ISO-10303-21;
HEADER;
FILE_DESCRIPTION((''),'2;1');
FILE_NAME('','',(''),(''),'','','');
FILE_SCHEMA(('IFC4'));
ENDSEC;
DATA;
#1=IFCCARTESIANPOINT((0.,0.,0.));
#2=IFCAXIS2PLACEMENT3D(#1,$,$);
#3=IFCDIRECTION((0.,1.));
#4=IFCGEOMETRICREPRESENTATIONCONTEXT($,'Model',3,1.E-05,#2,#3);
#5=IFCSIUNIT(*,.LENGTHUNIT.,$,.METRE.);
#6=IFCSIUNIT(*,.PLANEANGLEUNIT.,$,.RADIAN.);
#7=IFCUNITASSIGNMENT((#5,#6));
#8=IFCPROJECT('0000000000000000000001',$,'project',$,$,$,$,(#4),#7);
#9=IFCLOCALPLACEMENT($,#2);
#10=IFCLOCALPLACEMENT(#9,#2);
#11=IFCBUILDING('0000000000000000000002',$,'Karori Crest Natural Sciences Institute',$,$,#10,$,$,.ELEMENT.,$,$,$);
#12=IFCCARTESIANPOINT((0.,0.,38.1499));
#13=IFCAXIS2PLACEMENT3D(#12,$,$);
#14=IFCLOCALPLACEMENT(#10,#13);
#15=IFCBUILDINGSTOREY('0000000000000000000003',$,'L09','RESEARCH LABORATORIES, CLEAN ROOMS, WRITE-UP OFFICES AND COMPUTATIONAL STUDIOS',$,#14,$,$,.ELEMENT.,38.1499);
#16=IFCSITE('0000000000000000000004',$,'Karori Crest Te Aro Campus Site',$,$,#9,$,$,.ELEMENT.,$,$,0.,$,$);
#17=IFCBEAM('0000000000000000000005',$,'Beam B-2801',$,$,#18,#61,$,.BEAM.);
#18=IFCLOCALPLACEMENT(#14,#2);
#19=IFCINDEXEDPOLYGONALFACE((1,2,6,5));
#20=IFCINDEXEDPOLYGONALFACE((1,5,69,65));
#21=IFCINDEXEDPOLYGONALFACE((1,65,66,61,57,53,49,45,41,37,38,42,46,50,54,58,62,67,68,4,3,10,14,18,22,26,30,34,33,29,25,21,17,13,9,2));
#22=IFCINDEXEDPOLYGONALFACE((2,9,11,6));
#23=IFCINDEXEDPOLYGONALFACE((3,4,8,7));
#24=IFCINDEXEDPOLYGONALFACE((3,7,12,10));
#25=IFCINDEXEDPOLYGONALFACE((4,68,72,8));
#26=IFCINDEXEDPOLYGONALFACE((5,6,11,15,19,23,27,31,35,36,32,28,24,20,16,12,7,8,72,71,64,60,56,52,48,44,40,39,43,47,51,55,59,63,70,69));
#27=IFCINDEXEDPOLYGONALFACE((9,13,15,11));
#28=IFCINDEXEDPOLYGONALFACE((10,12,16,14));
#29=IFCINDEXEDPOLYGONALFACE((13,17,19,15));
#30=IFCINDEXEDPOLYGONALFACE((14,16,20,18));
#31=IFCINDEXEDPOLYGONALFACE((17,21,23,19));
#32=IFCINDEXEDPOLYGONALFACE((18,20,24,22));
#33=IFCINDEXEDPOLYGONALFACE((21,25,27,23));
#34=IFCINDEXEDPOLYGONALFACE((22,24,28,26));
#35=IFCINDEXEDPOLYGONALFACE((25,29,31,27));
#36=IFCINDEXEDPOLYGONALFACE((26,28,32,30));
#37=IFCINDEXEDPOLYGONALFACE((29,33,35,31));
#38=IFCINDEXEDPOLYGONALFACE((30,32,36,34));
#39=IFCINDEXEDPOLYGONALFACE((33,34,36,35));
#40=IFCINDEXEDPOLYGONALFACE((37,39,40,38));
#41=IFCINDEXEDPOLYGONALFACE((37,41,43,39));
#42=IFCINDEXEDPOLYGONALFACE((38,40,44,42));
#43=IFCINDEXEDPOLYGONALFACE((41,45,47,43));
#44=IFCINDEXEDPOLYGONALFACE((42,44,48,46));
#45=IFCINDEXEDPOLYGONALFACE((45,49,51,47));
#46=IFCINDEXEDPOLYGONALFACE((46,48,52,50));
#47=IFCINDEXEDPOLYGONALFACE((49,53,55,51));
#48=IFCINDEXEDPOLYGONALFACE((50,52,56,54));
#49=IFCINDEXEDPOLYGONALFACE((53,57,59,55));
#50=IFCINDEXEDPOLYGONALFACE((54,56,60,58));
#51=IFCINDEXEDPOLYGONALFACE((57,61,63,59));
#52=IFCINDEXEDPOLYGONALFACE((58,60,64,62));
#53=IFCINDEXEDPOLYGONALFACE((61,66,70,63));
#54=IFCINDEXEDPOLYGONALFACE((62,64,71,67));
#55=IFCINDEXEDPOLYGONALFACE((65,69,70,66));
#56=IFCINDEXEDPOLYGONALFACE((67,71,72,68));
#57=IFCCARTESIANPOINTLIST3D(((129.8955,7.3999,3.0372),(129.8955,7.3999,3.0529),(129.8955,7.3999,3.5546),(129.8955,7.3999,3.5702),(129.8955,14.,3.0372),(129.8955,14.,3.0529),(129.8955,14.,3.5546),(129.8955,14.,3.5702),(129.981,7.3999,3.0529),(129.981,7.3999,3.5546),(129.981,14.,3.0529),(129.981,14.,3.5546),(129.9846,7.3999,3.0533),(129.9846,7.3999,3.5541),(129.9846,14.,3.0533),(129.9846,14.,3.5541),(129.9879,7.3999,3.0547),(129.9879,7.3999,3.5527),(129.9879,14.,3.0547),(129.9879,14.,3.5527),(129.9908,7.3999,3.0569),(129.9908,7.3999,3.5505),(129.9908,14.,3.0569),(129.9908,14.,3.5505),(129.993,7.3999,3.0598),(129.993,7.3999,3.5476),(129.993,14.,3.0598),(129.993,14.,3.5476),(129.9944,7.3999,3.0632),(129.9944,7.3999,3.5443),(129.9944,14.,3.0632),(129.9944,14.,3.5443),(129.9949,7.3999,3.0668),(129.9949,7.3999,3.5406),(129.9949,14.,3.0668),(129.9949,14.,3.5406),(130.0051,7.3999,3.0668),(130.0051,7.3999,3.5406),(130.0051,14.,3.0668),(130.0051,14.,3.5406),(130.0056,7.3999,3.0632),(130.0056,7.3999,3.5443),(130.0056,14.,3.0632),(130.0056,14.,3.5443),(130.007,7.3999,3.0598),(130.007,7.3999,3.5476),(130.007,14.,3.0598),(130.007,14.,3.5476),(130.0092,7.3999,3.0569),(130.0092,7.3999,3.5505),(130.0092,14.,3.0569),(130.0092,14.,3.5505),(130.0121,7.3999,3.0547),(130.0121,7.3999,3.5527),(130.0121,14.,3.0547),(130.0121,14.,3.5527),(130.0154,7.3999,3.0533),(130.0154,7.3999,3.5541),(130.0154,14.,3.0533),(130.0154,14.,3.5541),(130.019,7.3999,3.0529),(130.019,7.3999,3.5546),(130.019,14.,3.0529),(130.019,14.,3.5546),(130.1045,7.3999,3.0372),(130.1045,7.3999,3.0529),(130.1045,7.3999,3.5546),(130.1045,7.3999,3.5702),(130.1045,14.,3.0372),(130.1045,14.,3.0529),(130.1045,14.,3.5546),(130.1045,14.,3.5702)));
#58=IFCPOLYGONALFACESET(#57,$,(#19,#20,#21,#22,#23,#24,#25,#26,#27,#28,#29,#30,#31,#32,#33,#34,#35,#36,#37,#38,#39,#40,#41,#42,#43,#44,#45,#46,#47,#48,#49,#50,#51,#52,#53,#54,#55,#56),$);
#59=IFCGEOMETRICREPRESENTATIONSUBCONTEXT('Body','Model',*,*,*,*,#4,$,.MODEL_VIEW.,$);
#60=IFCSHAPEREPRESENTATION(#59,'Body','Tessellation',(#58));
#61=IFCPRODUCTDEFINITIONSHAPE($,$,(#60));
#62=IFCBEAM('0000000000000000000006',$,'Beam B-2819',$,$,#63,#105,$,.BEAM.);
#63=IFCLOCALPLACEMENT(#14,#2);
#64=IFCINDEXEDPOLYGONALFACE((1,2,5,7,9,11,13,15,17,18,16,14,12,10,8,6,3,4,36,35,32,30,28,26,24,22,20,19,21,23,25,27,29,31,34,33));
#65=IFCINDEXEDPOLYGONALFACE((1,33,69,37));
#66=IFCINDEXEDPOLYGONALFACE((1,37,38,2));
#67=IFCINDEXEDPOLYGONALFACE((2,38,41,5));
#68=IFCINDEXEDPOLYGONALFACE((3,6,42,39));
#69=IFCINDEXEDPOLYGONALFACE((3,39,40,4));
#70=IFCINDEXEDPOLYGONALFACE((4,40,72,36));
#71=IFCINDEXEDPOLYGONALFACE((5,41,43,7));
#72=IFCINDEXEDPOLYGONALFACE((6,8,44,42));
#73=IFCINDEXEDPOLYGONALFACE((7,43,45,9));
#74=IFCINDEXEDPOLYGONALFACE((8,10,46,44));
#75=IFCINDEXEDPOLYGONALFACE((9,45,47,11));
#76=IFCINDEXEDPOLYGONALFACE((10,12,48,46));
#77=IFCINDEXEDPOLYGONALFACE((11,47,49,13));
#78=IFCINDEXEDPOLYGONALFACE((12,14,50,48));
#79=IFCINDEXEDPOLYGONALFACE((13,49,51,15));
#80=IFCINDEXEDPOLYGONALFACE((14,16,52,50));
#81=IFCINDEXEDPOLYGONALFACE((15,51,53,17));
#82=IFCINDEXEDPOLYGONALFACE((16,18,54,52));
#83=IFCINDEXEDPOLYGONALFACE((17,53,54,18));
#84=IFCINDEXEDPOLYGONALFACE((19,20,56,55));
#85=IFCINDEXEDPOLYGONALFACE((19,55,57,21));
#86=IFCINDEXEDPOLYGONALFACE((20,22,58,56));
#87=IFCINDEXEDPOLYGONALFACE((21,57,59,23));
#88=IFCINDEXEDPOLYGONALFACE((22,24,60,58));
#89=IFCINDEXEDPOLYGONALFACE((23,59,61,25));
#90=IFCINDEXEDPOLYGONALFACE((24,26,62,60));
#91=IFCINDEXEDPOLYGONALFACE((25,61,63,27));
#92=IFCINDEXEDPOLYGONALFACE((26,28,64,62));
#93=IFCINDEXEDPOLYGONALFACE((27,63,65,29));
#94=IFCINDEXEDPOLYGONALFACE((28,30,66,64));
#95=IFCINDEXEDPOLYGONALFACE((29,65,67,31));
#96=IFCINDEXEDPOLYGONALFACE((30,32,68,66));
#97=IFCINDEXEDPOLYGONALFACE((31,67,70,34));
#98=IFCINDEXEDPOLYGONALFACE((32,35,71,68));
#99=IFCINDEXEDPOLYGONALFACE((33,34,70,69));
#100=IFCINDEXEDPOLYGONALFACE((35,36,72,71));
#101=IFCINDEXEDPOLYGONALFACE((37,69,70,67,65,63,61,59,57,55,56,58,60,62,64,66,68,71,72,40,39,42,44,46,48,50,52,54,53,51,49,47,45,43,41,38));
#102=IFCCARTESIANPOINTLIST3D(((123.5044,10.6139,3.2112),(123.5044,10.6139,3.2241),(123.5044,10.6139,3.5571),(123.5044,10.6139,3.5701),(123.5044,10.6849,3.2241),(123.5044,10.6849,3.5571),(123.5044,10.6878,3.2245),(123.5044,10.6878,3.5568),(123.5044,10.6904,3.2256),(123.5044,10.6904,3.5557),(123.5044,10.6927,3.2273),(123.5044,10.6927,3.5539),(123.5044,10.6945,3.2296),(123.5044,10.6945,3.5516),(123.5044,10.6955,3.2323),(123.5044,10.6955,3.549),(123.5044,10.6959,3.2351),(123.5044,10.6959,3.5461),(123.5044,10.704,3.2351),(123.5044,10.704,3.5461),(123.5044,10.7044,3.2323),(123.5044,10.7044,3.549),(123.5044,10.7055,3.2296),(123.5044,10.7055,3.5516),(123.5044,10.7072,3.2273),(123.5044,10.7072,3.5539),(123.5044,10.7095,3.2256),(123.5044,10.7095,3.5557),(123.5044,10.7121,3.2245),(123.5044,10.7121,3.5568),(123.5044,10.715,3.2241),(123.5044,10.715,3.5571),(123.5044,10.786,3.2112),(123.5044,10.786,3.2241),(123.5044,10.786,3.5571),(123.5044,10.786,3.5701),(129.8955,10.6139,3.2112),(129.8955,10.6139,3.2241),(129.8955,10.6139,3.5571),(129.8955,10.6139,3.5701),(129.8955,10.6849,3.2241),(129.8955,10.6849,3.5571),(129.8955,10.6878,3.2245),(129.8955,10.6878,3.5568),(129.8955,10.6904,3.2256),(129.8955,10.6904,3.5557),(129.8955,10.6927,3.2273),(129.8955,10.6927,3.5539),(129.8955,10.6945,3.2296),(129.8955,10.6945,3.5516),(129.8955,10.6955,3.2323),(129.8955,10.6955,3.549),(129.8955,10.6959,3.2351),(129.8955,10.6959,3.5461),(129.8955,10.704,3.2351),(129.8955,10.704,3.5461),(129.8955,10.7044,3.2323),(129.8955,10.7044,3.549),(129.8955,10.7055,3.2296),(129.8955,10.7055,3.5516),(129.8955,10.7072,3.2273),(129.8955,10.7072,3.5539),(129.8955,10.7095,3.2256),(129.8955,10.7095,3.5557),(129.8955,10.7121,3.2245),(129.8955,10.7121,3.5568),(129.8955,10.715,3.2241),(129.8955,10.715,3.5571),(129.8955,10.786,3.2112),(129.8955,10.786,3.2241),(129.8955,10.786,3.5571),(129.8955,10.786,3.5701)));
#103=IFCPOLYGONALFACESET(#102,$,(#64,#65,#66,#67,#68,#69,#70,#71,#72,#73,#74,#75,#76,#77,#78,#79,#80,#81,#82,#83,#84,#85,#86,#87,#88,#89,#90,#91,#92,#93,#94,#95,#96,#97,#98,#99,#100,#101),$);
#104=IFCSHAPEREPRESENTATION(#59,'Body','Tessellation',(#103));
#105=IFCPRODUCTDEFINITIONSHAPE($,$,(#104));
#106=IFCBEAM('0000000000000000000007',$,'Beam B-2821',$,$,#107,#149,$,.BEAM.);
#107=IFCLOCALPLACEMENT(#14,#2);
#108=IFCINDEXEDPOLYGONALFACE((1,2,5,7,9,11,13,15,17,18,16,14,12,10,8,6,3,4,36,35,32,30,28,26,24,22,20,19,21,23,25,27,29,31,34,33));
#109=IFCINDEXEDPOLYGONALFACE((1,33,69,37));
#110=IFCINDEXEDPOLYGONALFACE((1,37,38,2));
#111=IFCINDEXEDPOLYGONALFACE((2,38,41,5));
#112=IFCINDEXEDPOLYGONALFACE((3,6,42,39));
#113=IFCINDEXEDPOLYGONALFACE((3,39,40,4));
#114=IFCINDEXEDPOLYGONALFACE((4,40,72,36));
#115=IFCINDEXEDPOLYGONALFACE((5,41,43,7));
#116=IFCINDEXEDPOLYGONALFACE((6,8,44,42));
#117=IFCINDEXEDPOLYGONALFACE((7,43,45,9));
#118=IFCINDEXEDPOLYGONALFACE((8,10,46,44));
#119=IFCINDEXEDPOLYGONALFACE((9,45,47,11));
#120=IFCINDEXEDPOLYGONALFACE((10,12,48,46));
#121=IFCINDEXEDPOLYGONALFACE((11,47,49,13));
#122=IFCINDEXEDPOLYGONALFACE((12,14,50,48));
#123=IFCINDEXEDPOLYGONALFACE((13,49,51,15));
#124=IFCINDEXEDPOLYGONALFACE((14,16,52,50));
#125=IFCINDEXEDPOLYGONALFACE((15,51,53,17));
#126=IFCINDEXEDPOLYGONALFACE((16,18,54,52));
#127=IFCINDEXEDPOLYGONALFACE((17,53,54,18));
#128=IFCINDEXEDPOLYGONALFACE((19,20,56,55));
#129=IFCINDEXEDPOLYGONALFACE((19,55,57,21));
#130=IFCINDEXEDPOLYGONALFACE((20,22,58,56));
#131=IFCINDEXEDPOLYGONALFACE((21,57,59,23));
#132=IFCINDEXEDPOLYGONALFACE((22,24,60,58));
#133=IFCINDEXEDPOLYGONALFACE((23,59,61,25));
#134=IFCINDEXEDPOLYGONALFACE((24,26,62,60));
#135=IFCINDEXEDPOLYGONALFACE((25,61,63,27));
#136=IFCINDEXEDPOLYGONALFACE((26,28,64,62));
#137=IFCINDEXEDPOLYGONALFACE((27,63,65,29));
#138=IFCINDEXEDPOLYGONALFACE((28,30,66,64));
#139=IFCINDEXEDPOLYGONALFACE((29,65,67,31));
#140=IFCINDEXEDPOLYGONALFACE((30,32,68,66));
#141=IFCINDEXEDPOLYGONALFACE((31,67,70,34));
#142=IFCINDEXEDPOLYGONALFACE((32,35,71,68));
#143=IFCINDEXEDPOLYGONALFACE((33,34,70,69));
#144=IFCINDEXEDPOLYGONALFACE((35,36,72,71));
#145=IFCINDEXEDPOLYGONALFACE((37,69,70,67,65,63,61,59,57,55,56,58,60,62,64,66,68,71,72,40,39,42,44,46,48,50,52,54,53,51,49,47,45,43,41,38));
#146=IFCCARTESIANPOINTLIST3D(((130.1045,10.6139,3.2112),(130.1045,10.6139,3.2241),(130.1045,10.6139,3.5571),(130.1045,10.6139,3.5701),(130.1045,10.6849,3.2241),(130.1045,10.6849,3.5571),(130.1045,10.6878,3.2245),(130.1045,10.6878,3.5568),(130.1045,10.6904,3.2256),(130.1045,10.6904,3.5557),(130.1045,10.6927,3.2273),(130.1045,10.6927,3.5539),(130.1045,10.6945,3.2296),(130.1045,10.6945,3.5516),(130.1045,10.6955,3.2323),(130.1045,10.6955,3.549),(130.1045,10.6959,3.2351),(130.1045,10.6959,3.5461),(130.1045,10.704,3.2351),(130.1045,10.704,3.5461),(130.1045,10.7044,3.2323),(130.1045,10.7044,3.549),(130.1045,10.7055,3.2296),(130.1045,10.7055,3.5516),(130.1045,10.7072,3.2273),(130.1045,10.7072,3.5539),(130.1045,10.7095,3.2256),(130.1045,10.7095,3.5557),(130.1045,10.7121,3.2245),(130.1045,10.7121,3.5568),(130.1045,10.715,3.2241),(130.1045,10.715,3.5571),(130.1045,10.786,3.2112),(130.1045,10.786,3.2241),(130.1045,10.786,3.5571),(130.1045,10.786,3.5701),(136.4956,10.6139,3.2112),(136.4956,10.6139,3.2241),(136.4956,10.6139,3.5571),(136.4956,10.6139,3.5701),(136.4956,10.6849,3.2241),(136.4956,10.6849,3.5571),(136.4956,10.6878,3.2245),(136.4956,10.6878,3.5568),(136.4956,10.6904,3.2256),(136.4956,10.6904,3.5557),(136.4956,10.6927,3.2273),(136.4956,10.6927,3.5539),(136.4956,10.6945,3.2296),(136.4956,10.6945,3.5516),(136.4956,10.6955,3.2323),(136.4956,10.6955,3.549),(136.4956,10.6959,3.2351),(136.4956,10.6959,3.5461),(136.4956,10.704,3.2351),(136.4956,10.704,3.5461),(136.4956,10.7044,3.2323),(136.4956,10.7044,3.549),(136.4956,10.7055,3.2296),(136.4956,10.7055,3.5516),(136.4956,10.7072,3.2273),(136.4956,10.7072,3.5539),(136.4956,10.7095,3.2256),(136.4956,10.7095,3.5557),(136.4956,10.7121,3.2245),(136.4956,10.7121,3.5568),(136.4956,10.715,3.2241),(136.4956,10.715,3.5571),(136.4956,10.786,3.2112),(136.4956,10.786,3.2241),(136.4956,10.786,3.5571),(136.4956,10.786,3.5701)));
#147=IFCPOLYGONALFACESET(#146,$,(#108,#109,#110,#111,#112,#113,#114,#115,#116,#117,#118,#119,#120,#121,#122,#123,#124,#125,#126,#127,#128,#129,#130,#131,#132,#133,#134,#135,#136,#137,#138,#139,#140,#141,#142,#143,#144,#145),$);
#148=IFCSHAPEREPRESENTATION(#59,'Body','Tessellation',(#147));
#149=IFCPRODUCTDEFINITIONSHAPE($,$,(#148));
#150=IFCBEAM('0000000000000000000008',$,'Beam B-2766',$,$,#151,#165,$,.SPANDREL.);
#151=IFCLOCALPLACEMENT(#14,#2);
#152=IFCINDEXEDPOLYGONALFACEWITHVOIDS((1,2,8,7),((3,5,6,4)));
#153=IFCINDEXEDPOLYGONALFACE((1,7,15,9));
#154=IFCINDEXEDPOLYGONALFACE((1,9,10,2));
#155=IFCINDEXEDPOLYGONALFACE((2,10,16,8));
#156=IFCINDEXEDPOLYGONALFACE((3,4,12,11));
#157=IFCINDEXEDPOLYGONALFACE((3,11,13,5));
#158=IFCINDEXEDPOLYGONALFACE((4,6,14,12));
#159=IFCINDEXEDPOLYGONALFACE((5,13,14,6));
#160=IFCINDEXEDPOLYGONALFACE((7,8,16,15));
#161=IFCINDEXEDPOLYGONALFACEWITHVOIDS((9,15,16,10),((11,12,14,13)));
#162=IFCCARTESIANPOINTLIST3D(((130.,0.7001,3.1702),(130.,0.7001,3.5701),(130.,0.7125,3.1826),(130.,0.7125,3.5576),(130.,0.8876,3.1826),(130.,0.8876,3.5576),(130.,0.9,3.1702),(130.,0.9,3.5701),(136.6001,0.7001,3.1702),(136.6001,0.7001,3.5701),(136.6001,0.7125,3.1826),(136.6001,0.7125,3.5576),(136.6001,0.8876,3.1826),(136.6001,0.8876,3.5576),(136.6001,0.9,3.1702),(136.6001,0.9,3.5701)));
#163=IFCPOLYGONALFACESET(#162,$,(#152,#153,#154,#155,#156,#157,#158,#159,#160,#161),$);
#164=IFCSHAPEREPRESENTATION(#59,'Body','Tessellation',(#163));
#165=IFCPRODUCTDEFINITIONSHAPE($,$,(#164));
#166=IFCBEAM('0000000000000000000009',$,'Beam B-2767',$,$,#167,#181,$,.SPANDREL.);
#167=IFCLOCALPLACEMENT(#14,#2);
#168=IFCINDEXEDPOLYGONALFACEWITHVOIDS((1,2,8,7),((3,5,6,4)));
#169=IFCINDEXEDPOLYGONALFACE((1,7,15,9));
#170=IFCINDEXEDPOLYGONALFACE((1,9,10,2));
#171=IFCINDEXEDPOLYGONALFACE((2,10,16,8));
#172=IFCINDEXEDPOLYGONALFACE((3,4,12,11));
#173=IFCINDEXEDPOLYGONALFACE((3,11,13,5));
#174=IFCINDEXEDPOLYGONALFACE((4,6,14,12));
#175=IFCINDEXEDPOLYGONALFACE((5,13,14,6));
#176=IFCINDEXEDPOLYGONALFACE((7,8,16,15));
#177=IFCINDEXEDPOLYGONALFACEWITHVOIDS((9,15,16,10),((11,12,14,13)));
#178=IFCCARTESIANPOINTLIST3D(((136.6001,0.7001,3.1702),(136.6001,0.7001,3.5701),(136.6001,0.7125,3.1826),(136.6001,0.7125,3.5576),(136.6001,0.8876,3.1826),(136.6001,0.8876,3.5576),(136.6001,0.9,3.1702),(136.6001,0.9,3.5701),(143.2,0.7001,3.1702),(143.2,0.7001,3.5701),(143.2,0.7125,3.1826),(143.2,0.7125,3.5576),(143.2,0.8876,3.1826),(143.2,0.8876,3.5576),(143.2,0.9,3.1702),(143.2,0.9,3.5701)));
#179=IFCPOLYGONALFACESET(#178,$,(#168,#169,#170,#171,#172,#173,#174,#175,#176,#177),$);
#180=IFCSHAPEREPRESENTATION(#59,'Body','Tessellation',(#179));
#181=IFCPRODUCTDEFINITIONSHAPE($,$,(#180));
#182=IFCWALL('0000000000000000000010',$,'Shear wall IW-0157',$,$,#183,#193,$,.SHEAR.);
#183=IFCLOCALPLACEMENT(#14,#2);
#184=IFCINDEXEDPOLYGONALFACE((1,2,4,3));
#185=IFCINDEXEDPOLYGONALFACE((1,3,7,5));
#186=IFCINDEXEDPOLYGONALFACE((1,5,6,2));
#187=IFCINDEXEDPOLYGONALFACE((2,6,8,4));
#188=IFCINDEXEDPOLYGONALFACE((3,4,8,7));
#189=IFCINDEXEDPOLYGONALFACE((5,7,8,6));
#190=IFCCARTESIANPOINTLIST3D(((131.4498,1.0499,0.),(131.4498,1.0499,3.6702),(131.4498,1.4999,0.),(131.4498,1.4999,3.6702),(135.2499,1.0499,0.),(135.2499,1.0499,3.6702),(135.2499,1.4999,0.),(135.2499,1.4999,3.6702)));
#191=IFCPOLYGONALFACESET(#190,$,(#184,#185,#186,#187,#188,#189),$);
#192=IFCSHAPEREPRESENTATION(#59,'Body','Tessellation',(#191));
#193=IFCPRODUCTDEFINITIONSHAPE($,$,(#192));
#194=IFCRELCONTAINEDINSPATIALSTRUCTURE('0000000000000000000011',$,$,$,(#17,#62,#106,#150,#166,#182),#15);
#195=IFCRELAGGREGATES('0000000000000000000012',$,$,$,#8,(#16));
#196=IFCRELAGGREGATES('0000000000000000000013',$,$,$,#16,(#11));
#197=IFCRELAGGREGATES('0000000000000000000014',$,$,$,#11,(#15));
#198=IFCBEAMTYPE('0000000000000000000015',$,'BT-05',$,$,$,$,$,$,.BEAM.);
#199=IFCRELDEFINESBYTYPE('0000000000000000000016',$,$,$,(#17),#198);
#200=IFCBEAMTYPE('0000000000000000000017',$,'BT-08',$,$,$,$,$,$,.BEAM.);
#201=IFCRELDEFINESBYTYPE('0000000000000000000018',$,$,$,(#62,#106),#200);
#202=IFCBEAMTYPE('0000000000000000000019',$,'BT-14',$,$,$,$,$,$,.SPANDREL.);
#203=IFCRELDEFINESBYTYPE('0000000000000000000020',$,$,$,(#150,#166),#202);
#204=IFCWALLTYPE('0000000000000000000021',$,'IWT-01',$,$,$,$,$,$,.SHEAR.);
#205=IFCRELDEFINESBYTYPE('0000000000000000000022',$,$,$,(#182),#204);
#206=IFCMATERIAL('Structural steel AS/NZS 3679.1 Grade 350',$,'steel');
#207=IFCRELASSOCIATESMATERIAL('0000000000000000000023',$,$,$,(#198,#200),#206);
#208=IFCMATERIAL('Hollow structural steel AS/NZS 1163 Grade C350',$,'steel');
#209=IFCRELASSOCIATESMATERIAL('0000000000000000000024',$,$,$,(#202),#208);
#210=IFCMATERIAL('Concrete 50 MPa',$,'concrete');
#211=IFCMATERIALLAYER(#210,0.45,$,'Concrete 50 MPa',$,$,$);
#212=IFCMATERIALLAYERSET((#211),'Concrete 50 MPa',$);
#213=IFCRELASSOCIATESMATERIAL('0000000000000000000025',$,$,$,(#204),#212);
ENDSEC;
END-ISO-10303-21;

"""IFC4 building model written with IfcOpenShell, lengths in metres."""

from ifc_helpers import new_model, si_unit, direction, frame, frame_2d, origin, origin_2d, place, context, subcontext, project, spatial, rectangle, hollow_rectangle, i_section, extrude, material, layer, layer_set, material_profile, profile_set, type_object, element, save


model = new_model("IFC4")

# Units and contexts
model_context = context("Model", 3, precision=1e-05, world=origin(), true_north=direction((0.0, 1.0)))
body_context = subcontext(model_context, "Body", "Model", "MODEL_VIEW")
ifc_project = project(units=[si_unit("LENGTHUNIT", "METRE"), si_unit("PLANEANGLEUNIT", "RADIAN")], contexts=[model_context])

# Site, building, storey
site_placement = place(None, origin())
site = spatial("IfcSite", under=ifc_project, at=site_placement, Name="Karori Crest Te Aro Campus Site", CompositionType="ELEMENT", RefElevation=0.0)
building_placement = place(site_placement, origin())
building = spatial("IfcBuilding", under=site, at=building_placement, Name="Karori Crest Natural Sciences Institute", CompositionType="ELEMENT")
storey_placement = place(building_placement, frame((0.0, 0.0, 38.1499)))
storey = spatial("IfcBuildingStorey", under=building, at=storey_placement, Name="L09", Description="RESEARCH LABORATORIES, CLEAN ROOMS, WRITE-UP OFFICES AND COMPUTATIONAL STUDIOS", CompositionType="ELEMENT", Elevation=38.1499)

# Shared definitions
ifc_material_1 = material(Name="Structural steel AS/NZS 3679.1 Grade 350", Category="steel")
ifc_material_2 = material(Name="Concrete 50 MPa", Category="concrete")

# Beams
ifc_material_profile_1 = material_profile(ifc_material_1, i_section(OverallWidth=0.209, OverallDepth=0.533, WebThickness=0.0103, FlangeThickness=0.0156, FilletRadius=0.0139, at=origin_2d()), Name="530UB92.4")
ifc_profile_set_1 = profile_set([ifc_material_profile_1], Name="Structural steel AS/NZS 3679.1 Grade 350")
beam_type_1 = type_object("IfcBeamType", Name="BT-05", PredefinedType="BEAM", material=ifc_profile_set_1)
beam_1_placement = place(storey_placement, frame((130.0, 7.3999, 3.3037), z_axis=(0.0, 1.0, 0.0), x_axis=(-1.0, 0.0, 0.0)))
element("IfcBeam", 1, at=beam_1_placement, inside=storey, type_object=beam_type_1, Name="Beam B-2801", PredefinedType="BEAM", context=body_context, shape_type="SweptSolid", body=[
    extrude(i_section(OverallWidth=0.209, OverallDepth=0.533, WebThickness=0.0103, FlangeThickness=0.0156, FilletRadius=0.0139, at=origin_2d()), origin(), (0.0, 0.0, 1.0), 6.6001),
])
ifc_material_profile_2 = material_profile(ifc_material_1, i_section(OverallWidth=0.1721, OverallDepth=0.3589, WebThickness=0.0081, FlangeThickness=0.0129, FilletRadius=0.011, at=origin_2d()), Name="360UB56.7")
ifc_profile_set_2 = profile_set([ifc_material_profile_2], Name="Structural steel AS/NZS 3679.1 Grade 350")
beam_type_2 = type_object("IfcBeamType", Name="BT-08", PredefinedType="BEAM", material=ifc_profile_set_2)
for number, where, z_axis, x_axis, name in (
    (2, (123.5044, 10.7, 3.3906), (1.0, 0.0, 0.0), (0.0, 1.0, 0.0), "Beam B-2819"),
    (3, (130.1045, 10.7, 3.3906), (1.0, 0.0, 0.0), (0.0, 1.0, 0.0), "Beam B-2821"),
):
    element("IfcBeam", number, at=place(storey_placement, frame(where, z_axis=z_axis, x_axis=x_axis)), inside=storey, type_object=beam_type_2, Name=name, PredefinedType="BEAM", context=body_context, shape_type="SweptSolid", body=[
        extrude(i_section(OverallWidth=0.1721, OverallDepth=0.3589, WebThickness=0.0081, FlangeThickness=0.0129, FilletRadius=0.011, at=origin_2d()), origin(), (0.0, 0.0, 1.0), 6.3911),
    ])
ifc_material_3 = material(Name="Hollow structural steel AS/NZS 1163 Grade C350", Category="steel")
ifc_material_profile_3 = material_profile(ifc_material_3, hollow_rectangle(XDim=0.2, YDim=0.3999, WallThickness=0.0125, at=origin_2d()), Name="RHS400x200x12.5")
ifc_profile_set_3 = profile_set([ifc_material_profile_3], Name="Hollow structural steel AS/NZS 1163 Grade C350")
beam_type_3 = type_object("IfcBeamType", Name="BT-14", PredefinedType="SPANDREL", material=ifc_profile_set_3)
beam_2_placement = place(storey_placement, frame((130.0, 0.8, 3.3701), z_axis=(1.0, 0.0, 0.0), x_axis=(0.0, 1.0, 0.0)))
element("IfcBeam", 4, at=beam_2_placement, inside=storey, type_object=beam_type_3, Name="Beam B-2766", PredefinedType="SPANDREL", context=body_context, shape_type="SweptSolid", body=[
    extrude(hollow_rectangle(XDim=0.2, YDim=0.3999, WallThickness=0.0125, at=origin_2d()), origin(), (0.0, 0.0, 1.0), 6.6001),
])
beam_3_placement = place(storey_placement, frame((136.6001, 0.8, 3.3701), z_axis=(1.0, 0.0, 0.0), x_axis=(0.0, 1.0, 0.0)))
element("IfcBeam", 5, at=beam_3_placement, inside=storey, type_object=beam_type_3, Name="Beam B-2767", PredefinedType="SPANDREL", context=body_context, shape_type="SweptSolid", body=[
    extrude(hollow_rectangle(XDim=0.2, YDim=0.3999, WallThickness=0.0125, at=origin_2d()), origin(), (0.0, 0.0, 1.0), 6.5999),
])

# Wall
ifc_layer_1 = layer(ifc_material_2, 0.45, Name="Concrete 50 MPa")
ifc_layer_set_1 = layer_set([ifc_layer_1], Name="Concrete 50 MPa")
wall_type_1 = type_object("IfcWallType", Name="IWT-01", PredefinedType="SHEAR", material=ifc_layer_set_1)
for number, where, z_axis, x_axis, name in (
    (6, (131.45, 1.2749, 0.0), (0.0, 0.0, 1.0), (1.0, 0.0, 0.0), "Shear wall IW-0157"),
):
    element("IfcWall", number, at=place(storey_placement, frame(where, z_axis=z_axis, x_axis=x_axis)), inside=storey, type_object=wall_type_1, Name=name, PredefinedType="SHEAR", context=body_context, shape_type="SweptSolid", body=[
        extrude(rectangle(XDim=3.8, YDim=0.45, at=frame_2d((1.8999, 0.0))), origin(), (0.0, 0.0, 1.0), 3.6702),
    ])

save(model, "model.ifc")
